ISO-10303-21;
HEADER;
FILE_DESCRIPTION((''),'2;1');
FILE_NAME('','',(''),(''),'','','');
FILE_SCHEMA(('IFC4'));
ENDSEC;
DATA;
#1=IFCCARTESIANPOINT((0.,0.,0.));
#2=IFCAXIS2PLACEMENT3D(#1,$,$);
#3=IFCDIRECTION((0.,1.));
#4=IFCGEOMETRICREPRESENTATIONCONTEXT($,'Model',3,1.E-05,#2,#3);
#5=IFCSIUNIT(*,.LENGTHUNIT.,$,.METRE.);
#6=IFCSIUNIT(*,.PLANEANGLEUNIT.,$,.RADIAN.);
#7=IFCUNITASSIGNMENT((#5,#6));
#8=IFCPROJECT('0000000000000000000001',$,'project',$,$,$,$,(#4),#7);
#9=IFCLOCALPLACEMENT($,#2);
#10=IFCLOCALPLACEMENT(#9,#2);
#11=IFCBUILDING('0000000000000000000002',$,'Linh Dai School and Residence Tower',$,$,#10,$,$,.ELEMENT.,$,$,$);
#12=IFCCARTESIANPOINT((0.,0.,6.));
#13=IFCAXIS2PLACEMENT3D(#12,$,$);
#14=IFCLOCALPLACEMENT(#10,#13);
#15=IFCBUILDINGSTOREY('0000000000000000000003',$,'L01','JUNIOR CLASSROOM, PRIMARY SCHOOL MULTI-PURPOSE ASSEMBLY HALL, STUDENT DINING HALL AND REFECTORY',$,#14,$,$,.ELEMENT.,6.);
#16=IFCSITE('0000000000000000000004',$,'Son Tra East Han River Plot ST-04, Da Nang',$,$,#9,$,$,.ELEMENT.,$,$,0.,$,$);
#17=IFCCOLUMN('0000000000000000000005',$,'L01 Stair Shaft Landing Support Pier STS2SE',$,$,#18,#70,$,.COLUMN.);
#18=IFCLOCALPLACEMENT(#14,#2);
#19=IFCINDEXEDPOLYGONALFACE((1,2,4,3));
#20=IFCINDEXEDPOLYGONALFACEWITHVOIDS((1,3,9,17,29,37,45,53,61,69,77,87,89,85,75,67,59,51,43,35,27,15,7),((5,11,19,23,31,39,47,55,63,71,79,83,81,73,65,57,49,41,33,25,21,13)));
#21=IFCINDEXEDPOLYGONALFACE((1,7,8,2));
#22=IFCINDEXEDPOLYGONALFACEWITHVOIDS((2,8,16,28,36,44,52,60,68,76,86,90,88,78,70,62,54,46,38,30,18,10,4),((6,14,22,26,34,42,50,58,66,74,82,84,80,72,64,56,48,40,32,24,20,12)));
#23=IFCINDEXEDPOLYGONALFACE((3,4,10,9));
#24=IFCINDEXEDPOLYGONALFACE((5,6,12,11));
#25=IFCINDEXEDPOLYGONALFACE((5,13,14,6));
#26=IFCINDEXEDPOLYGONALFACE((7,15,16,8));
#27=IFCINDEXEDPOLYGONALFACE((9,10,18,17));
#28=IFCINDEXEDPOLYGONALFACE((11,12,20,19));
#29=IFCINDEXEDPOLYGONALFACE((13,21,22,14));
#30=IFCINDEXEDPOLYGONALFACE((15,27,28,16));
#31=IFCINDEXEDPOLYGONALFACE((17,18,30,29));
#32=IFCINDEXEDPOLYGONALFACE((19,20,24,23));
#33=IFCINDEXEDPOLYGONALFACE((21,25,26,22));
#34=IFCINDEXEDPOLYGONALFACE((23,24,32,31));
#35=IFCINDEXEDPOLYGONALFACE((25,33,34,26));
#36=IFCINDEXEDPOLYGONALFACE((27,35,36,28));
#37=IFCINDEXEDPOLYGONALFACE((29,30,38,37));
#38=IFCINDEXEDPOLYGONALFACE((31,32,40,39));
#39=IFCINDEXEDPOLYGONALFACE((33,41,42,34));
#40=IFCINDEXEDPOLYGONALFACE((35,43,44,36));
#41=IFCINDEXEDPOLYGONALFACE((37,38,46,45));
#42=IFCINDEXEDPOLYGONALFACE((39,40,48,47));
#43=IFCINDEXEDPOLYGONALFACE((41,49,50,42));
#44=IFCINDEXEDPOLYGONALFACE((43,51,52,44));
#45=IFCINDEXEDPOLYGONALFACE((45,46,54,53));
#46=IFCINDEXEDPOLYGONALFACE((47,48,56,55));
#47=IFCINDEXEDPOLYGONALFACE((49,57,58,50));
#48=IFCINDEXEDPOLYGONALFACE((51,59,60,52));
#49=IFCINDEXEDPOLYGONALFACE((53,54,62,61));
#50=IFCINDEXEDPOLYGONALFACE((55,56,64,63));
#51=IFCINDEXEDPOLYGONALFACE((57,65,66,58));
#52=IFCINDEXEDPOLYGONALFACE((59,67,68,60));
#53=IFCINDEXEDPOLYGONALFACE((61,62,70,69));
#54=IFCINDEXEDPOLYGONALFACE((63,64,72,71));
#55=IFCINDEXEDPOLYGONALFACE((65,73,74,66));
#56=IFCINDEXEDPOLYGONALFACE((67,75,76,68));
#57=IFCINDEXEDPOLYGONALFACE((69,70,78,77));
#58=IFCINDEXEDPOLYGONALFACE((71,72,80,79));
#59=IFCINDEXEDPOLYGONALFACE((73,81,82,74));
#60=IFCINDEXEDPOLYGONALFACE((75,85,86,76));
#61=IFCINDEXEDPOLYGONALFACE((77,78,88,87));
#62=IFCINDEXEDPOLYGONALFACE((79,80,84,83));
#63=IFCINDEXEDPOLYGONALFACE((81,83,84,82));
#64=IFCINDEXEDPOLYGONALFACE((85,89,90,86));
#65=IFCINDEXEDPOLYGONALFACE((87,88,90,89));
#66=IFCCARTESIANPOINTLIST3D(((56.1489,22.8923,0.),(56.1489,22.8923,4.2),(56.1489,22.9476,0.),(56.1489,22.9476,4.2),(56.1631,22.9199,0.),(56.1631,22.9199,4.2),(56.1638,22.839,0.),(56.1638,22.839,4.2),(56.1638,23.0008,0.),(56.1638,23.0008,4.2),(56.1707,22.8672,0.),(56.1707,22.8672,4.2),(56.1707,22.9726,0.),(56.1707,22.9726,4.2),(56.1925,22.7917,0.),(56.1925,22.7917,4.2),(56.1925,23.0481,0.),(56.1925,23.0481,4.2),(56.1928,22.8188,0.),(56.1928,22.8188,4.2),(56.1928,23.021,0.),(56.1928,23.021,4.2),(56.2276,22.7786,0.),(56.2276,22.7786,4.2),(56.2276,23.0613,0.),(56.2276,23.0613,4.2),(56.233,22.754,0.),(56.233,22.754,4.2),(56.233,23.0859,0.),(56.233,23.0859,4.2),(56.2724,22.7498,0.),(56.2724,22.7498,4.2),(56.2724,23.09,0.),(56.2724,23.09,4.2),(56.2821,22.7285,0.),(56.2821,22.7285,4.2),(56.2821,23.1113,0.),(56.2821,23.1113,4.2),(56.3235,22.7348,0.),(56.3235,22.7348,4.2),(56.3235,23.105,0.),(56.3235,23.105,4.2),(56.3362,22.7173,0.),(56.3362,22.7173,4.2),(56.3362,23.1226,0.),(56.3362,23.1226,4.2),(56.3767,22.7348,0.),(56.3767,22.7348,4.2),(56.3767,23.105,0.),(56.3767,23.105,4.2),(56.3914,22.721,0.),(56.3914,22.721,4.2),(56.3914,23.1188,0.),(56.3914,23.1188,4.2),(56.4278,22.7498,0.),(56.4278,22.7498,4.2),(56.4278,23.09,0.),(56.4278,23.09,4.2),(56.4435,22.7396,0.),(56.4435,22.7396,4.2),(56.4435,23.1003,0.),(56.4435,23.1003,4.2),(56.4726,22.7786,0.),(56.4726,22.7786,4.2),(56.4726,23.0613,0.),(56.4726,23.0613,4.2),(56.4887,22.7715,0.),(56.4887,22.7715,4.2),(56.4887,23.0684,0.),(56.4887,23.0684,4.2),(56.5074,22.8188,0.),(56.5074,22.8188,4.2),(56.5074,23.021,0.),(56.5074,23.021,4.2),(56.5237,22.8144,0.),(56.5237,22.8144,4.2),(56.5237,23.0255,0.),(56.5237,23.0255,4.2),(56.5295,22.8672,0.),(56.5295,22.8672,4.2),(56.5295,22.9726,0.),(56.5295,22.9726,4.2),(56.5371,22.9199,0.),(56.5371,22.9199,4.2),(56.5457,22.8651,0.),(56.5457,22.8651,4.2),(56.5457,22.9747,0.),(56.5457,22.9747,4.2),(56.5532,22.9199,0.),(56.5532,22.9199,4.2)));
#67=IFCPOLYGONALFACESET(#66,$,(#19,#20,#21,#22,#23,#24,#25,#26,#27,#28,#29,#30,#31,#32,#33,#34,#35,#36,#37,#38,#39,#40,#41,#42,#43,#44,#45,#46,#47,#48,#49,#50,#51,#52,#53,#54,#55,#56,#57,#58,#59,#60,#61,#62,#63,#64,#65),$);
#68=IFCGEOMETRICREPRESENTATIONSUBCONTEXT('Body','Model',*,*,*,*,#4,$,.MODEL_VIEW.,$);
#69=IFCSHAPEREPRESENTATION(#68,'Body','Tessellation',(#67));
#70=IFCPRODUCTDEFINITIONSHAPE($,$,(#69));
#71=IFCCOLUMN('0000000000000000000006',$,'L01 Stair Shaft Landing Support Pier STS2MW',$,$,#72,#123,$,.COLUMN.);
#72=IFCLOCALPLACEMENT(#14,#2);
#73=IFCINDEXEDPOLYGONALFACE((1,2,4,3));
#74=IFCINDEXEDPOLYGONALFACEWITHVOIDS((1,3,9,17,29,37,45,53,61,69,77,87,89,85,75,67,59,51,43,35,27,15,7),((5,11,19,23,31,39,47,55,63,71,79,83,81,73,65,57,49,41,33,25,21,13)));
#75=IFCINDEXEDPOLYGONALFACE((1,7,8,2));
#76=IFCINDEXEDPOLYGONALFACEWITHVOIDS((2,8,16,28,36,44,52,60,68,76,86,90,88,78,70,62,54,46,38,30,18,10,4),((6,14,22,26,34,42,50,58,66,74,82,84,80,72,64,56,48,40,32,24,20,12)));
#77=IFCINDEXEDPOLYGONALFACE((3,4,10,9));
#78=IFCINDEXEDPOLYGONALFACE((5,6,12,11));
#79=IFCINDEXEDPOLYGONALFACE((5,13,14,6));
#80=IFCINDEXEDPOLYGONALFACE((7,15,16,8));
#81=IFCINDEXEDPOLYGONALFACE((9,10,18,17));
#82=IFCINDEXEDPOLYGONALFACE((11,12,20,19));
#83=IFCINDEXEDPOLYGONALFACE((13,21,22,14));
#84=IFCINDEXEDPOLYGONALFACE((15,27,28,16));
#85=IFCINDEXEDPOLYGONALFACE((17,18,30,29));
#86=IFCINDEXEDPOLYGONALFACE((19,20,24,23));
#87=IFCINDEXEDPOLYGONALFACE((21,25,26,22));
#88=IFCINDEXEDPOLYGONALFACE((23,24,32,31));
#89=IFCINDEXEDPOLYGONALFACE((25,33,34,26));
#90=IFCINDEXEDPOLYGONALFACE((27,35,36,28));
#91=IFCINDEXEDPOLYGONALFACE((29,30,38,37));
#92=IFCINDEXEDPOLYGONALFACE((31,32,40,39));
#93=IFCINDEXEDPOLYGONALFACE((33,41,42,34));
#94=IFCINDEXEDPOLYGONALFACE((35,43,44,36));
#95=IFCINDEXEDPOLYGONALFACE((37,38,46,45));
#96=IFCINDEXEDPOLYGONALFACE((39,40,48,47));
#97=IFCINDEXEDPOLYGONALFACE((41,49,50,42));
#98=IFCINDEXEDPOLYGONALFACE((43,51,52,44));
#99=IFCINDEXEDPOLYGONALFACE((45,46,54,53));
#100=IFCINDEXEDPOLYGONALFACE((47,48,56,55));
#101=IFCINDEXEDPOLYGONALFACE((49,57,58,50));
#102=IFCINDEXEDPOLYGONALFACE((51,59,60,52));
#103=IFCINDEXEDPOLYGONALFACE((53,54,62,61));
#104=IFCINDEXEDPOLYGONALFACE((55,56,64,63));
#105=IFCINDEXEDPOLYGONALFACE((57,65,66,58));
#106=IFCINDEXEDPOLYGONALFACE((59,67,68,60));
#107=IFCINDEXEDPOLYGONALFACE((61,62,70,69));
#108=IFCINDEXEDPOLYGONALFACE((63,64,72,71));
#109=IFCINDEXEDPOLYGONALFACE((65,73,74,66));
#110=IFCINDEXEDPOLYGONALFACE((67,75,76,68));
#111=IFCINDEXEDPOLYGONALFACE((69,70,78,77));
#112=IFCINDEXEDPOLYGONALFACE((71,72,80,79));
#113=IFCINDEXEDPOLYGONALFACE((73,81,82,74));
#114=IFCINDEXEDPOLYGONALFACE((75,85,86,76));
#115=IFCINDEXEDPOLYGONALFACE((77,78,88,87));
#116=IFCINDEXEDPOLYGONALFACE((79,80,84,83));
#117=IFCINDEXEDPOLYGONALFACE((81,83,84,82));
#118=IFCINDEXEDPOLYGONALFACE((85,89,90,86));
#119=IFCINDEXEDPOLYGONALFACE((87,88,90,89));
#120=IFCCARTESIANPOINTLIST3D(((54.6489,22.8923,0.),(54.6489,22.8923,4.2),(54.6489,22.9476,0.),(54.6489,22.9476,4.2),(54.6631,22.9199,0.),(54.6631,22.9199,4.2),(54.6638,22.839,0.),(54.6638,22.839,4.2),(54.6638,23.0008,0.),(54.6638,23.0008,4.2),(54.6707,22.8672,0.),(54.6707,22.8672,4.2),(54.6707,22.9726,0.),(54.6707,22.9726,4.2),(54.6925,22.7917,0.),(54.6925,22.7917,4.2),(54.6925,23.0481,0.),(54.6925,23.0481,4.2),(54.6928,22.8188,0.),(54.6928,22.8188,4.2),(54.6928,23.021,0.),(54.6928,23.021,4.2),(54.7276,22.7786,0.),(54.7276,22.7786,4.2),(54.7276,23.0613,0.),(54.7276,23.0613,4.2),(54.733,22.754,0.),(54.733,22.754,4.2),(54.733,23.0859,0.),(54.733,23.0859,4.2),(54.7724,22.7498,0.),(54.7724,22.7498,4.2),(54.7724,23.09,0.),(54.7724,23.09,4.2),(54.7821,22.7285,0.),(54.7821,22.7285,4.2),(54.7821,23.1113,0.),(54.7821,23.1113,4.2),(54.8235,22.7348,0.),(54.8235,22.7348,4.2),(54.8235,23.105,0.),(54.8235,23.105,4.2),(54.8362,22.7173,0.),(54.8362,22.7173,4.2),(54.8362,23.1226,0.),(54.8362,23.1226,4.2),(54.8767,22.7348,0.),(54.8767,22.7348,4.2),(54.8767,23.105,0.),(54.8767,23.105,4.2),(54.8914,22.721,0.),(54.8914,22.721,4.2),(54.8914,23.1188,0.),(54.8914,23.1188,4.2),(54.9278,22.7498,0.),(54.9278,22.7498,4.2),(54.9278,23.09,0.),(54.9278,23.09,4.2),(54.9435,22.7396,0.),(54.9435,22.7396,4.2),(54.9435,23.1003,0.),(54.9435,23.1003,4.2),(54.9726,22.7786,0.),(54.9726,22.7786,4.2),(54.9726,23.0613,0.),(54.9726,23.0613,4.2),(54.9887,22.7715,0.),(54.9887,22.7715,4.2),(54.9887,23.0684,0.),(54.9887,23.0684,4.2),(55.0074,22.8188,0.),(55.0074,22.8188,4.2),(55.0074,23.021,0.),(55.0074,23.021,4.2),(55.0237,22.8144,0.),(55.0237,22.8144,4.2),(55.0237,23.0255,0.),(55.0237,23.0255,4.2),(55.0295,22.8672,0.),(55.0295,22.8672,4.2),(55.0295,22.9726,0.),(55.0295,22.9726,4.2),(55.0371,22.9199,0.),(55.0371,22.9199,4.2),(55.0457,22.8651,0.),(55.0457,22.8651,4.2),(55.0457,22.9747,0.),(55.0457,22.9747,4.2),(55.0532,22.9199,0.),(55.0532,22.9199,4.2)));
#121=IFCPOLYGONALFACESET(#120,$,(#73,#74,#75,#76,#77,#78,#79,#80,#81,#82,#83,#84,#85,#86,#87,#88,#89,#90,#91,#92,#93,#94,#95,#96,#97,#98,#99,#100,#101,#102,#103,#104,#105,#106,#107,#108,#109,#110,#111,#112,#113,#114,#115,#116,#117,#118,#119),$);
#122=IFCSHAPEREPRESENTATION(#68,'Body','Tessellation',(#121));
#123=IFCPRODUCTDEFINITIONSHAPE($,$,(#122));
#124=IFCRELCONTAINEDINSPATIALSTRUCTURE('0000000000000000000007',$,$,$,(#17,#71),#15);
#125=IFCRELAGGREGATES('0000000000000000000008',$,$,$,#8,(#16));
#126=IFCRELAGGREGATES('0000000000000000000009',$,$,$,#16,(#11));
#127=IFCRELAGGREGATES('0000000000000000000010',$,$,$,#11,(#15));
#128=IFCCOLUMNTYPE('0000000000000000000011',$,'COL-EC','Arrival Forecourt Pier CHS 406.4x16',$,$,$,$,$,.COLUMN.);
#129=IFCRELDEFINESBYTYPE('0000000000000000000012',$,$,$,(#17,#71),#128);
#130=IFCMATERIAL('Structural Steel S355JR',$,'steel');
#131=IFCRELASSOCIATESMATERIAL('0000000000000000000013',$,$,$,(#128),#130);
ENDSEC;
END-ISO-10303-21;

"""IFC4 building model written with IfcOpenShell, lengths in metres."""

from ifc_helpers import new_model, si_unit, direction, frame, origin, origin_2d, place, context, subcontext, project, spatial, hollow_circle, extrude, material, material_profile, profile_set, type_object, element, save


model = new_model("IFC4")

# Units and contexts
model_context = context("Model", 3, precision=1e-05, world=origin(), true_north=direction((0.0, 1.0)))
body_context = subcontext(model_context, "Body", "Model", "MODEL_VIEW")
ifc_project = project(units=[si_unit("LENGTHUNIT", "METRE"), si_unit("PLANEANGLEUNIT", "RADIAN")], contexts=[model_context])

# Site, building, storey
site_placement = place(None, origin())
site = spatial("IfcSite", under=ifc_project, at=site_placement, Name="Son Tra East Han River Plot ST-04, Da Nang", CompositionType="ELEMENT", RefElevation=0.0)
building_placement = place(site_placement, origin())
building = spatial("IfcBuilding", under=site, at=building_placement, Name="Linh Dai School and Residence Tower", CompositionType="ELEMENT")
storey_placement = place(building_placement, frame((0.0, 0.0, 6.0)))
storey = spatial("IfcBuildingStorey", under=building, at=storey_placement, Name="L01", Description="JUNIOR CLASSROOM, PRIMARY SCHOOL MULTI-PURPOSE ASSEMBLY HALL, STUDENT DINING HALL AND REFECTORY", CompositionType="ELEMENT", Elevation=6.0)

# Columns
ifc_material_1 = material(Name="Structural Steel S355JR", Category="steel")
ifc_material_profile_1 = material_profile(ifc_material_1, hollow_circle(Radius=0.2031, WallThickness=0.0161, at=origin_2d()), Name="CHS 406.4x16")
ifc_profile_set_1 = profile_set([ifc_material_profile_1], Name="Structural Steel S355JR")
column_type_1 = type_object("IfcColumnType", Name="COL-EC", Description="Arrival Forecourt Pier CHS 406.4x16", PredefinedType="COLUMN", material=ifc_profile_set_1)
for number, where, z_axis, x_axis, name in (
    (1, (56.3501, 22.9199, 0.0), (0.0, 0.0, 1.0), (1.0, 0.0, 0.0), "L01 Stair Shaft Landing Support Pier STS2SE"),
    (2, (54.8501, 22.9199, 0.0), (0.0, 0.0, 1.0), (1.0, 0.0, 0.0), "L01 Stair Shaft Landing Support Pier STS2MW"),
):
    element("IfcColumn", number, at=place(storey_placement, frame(where, z_axis=z_axis, x_axis=x_axis)), inside=storey, type_object=column_type_1, Name=name, PredefinedType="COLUMN", context=body_context, shape_type="SweptSolid", body=[
        extrude(hollow_circle(Radius=0.2031, WallThickness=0.0161, at=origin_2d()), origin(), (0.0, 0.0, 1.0), 4.2),
    ])

save(model, "model.ifc")
